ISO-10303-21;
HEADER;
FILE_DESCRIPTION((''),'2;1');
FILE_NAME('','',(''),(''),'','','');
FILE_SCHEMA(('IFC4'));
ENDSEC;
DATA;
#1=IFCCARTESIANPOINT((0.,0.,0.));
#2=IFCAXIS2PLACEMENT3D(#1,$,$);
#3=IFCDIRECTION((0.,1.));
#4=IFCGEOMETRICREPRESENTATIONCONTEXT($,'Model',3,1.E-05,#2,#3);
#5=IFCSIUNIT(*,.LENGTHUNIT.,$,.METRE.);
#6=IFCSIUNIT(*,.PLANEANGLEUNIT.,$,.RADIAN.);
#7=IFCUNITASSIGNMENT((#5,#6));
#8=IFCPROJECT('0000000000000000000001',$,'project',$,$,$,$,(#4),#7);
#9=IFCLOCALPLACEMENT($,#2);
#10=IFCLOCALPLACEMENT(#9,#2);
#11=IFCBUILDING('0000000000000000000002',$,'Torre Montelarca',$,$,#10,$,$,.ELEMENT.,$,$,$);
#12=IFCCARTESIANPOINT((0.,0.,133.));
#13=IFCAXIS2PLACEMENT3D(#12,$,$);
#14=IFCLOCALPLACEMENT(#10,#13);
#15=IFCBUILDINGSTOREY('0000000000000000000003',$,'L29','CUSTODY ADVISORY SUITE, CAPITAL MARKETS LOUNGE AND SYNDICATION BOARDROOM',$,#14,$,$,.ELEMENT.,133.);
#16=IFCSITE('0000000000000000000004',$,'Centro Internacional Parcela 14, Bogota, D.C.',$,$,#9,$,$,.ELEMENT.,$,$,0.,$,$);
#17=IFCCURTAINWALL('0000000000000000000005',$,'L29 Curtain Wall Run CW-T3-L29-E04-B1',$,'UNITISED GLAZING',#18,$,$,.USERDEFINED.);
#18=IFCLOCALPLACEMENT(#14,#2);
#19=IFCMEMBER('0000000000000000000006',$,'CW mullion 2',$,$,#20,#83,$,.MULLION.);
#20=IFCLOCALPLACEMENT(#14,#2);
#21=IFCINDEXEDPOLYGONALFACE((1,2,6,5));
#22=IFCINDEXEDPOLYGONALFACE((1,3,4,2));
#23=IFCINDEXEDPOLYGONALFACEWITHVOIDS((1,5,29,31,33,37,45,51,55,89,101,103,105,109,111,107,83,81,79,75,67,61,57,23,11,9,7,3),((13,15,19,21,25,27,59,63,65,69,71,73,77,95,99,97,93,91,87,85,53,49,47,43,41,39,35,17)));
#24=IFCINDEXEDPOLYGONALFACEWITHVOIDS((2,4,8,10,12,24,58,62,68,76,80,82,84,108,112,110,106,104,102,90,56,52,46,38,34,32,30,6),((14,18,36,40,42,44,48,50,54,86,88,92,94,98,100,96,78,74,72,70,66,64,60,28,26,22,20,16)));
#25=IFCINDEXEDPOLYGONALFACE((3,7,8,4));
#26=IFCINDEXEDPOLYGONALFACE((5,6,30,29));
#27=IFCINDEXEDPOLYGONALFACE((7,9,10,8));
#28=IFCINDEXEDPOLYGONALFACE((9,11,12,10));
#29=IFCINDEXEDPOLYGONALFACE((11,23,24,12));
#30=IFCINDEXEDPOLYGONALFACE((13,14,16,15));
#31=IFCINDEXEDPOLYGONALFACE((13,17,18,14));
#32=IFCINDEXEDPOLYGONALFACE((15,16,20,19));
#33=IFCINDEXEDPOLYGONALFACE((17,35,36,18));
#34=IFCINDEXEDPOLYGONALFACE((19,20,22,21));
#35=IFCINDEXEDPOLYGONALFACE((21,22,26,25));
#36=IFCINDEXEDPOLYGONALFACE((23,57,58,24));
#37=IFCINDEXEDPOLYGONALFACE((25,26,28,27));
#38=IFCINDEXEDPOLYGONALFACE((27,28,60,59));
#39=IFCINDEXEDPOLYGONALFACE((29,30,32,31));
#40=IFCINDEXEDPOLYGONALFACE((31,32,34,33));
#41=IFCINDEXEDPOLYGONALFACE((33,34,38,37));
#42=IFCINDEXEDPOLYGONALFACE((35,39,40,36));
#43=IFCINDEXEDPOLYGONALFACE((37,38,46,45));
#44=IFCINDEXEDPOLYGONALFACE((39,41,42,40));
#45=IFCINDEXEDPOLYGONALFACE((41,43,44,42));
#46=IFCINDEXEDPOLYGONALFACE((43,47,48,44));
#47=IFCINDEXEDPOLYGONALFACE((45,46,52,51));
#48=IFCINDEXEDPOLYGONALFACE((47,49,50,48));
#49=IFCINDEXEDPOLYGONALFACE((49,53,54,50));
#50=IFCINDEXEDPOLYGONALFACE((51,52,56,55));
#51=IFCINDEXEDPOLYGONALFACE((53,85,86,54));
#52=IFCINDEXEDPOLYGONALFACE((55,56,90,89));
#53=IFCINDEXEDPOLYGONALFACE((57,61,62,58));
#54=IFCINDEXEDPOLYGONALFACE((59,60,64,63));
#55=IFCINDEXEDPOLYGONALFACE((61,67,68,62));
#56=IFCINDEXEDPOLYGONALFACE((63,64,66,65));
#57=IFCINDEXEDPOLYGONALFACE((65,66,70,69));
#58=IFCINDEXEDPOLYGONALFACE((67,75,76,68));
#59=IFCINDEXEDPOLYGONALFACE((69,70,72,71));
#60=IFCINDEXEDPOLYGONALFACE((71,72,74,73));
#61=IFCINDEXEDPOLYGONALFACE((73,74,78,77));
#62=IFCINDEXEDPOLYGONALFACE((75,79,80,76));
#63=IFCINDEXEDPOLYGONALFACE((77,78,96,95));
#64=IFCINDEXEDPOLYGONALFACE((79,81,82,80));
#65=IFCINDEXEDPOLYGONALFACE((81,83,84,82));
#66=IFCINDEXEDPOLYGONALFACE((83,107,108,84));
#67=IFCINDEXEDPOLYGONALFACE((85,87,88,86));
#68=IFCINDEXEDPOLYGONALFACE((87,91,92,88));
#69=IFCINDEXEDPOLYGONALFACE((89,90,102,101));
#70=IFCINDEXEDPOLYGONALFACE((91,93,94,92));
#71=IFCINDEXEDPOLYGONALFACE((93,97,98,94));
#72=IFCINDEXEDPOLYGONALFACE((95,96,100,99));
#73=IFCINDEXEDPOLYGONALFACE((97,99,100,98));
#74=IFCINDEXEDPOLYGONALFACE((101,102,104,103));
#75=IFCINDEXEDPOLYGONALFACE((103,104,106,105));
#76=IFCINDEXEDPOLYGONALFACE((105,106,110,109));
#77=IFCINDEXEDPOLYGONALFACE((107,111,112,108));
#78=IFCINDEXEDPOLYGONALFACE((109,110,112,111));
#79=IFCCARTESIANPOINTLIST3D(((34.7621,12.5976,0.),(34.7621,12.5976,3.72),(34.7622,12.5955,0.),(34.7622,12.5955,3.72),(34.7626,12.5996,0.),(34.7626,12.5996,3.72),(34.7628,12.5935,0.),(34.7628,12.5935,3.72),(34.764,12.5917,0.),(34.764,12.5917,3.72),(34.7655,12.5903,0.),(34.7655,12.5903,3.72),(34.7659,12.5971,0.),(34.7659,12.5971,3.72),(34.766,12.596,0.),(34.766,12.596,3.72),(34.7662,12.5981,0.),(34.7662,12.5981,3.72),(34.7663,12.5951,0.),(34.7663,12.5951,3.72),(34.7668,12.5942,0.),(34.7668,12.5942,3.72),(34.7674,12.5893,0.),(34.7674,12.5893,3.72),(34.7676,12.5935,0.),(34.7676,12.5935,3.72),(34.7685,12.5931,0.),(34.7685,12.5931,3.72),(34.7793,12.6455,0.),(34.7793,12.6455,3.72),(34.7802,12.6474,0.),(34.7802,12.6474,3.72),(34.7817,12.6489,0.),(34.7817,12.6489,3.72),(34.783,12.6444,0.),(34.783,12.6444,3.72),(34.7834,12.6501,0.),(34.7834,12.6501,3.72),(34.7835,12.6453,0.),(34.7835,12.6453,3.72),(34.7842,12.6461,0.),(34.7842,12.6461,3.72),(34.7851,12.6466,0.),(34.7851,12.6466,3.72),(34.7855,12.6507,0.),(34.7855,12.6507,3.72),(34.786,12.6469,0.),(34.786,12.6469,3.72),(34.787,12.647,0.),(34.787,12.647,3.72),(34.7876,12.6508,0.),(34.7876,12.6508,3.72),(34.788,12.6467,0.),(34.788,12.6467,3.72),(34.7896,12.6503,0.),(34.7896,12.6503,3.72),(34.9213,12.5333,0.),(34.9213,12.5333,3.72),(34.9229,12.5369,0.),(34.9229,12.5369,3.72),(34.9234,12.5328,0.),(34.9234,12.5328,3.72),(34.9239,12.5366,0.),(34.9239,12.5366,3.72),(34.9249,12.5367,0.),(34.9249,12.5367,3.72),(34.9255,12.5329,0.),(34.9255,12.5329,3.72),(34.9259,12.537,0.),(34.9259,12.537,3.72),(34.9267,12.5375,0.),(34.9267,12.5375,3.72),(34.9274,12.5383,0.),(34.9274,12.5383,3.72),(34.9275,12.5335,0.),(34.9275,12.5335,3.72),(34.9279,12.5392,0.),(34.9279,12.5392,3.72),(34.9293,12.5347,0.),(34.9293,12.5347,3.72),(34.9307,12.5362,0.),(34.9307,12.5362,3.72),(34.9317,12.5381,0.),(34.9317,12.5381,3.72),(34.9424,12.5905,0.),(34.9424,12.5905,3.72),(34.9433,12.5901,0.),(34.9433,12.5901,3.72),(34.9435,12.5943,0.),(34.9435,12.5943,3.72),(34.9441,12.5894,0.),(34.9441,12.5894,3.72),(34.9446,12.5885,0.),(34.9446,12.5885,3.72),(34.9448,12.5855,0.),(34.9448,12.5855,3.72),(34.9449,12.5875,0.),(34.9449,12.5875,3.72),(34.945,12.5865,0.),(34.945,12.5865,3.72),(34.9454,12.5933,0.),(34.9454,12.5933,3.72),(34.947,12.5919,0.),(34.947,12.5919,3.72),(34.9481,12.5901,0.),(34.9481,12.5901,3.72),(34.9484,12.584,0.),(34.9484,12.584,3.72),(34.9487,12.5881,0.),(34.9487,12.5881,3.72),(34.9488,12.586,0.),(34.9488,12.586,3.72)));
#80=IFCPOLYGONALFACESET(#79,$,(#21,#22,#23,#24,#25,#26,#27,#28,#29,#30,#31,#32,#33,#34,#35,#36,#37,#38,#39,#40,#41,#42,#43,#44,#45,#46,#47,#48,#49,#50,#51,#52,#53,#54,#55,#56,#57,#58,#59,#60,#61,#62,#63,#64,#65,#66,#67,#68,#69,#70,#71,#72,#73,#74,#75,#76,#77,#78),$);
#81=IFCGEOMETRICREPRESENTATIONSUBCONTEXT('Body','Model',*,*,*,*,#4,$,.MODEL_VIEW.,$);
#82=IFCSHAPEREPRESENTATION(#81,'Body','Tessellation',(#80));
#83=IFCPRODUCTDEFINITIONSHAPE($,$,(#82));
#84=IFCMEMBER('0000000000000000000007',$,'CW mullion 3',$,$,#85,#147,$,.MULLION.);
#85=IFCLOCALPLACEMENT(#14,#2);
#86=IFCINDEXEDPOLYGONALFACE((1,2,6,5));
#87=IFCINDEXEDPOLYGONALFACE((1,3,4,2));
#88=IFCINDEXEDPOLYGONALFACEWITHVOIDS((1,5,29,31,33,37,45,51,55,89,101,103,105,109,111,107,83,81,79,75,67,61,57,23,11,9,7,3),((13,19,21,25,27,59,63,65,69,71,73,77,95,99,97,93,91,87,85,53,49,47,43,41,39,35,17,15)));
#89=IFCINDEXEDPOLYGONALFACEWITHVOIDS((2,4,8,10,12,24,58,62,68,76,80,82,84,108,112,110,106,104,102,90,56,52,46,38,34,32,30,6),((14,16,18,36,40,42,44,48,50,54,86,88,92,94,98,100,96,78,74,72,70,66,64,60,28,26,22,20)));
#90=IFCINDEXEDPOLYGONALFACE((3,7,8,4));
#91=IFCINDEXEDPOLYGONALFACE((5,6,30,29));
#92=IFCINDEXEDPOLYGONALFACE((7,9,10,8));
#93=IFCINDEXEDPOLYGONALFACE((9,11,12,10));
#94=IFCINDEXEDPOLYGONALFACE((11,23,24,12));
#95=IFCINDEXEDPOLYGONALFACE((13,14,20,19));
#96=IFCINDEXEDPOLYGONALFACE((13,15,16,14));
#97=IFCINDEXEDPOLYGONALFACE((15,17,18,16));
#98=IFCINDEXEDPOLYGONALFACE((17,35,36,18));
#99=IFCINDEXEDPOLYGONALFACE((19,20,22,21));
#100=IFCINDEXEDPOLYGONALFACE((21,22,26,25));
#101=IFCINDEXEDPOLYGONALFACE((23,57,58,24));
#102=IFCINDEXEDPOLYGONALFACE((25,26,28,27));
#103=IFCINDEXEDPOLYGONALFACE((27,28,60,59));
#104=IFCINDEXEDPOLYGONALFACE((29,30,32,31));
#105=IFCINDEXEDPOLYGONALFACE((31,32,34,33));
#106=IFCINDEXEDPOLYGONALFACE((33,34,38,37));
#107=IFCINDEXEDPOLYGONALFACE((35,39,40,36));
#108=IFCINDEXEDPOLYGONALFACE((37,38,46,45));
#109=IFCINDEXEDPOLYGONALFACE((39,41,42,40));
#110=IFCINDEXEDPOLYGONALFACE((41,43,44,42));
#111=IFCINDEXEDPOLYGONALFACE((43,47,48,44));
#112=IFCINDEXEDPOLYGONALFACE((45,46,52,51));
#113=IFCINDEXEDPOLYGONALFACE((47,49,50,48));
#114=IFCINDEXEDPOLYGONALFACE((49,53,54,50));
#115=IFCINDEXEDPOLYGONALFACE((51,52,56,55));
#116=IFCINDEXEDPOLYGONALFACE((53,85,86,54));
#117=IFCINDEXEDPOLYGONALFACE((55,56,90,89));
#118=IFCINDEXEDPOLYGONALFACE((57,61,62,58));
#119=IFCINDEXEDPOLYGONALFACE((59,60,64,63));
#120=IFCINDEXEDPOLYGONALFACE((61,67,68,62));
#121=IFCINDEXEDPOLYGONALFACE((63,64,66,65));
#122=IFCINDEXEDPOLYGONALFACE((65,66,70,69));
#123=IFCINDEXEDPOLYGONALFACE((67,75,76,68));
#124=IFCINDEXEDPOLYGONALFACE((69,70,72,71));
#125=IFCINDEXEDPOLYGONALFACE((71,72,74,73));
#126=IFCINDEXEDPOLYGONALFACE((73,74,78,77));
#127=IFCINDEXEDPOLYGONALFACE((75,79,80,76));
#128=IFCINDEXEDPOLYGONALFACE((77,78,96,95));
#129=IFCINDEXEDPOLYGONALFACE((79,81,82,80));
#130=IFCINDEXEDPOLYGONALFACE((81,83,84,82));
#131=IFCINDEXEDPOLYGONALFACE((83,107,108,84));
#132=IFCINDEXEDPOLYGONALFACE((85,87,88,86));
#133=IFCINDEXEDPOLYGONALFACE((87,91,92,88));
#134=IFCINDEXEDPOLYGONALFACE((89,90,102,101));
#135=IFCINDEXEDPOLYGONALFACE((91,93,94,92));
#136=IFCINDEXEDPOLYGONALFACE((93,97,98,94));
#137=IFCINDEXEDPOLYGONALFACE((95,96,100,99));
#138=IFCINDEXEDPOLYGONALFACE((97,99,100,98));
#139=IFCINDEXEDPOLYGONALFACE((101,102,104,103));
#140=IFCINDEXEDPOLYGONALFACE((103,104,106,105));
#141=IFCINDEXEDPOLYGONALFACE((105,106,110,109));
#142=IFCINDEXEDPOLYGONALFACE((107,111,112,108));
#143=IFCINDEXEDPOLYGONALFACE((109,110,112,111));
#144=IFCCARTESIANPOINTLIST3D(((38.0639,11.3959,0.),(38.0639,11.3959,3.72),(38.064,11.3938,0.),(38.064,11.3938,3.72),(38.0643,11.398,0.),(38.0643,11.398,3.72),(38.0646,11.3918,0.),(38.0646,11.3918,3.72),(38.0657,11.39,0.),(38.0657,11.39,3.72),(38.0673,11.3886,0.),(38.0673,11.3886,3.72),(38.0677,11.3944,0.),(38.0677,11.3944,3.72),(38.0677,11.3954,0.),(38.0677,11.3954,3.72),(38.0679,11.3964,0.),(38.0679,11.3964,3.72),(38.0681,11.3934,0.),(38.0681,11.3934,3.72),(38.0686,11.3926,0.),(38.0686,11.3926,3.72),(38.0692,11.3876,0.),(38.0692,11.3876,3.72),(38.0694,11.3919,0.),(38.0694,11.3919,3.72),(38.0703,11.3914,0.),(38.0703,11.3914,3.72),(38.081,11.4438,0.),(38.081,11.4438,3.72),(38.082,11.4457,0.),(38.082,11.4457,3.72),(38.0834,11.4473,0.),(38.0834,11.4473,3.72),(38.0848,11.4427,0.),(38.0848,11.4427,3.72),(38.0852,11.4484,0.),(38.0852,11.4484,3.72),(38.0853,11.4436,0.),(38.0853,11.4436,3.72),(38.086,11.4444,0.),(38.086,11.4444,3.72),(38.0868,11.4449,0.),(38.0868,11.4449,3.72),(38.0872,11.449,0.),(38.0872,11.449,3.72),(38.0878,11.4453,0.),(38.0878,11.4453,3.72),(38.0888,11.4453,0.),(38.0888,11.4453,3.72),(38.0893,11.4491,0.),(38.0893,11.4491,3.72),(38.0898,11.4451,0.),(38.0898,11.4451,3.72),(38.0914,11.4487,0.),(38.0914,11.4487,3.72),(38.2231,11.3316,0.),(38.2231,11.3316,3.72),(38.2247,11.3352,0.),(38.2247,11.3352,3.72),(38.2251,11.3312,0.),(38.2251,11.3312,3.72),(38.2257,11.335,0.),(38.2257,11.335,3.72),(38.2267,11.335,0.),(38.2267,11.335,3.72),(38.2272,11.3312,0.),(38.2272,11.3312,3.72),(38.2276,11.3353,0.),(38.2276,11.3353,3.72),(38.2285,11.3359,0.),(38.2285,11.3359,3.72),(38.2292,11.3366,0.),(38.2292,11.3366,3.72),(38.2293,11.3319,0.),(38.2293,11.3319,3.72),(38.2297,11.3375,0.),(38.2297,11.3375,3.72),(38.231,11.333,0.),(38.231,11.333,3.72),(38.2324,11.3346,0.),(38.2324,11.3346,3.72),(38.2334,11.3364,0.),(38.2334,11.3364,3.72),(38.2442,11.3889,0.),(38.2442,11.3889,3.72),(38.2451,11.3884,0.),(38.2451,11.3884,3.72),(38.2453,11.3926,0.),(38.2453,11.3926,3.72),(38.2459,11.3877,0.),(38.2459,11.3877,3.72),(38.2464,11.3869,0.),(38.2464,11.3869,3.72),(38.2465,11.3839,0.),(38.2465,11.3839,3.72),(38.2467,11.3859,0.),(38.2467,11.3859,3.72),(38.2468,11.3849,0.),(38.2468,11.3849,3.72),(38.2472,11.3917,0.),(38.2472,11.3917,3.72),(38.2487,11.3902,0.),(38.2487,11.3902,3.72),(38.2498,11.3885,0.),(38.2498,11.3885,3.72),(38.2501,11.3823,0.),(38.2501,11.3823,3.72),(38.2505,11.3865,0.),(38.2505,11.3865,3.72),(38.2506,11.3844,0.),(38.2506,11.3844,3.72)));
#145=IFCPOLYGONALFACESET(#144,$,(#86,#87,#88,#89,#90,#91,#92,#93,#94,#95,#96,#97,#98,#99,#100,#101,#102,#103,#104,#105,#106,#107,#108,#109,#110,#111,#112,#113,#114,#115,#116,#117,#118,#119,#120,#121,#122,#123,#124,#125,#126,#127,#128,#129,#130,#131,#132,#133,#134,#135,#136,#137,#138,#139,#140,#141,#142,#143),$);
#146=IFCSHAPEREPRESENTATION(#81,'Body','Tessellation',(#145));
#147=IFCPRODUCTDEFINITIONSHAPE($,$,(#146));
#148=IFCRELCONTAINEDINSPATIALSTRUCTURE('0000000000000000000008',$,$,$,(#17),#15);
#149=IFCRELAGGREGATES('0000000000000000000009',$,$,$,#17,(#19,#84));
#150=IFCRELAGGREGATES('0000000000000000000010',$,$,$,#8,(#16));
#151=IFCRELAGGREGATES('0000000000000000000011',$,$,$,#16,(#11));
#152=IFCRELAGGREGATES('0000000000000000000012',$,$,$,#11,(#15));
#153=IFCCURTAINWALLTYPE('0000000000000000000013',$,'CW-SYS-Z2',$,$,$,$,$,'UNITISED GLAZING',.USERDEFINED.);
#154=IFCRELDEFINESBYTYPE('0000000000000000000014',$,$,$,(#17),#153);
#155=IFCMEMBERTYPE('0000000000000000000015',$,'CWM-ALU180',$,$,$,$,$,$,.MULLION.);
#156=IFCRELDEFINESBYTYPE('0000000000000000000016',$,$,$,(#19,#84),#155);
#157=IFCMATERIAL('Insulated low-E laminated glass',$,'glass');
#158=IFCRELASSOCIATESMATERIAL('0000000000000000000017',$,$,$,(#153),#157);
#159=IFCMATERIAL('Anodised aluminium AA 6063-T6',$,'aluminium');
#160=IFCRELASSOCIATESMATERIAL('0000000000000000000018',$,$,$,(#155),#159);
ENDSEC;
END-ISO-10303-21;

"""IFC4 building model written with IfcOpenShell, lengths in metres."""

from ifc_helpers import new_model, si_unit, direction, frame, origin, origin_2d, place, context, subcontext, project, spatial, hollow_rectangle, extrude, source, transform, mapped, material, material_profile, profile_set, type_object, element, aggregate, save


model = new_model("IFC4")

# Units and contexts
model_context = context("Model", 3, precision=1e-05, world=origin(), true_north=direction((0.0, 1.0)))
body_context = subcontext(model_context, "Body", "Model", "MODEL_VIEW")
ifc_project = project(units=[si_unit("LENGTHUNIT", "METRE"), si_unit("PLANEANGLEUNIT", "RADIAN")], contexts=[model_context])

# Site, building, storey
site_placement = place(None, origin())
site = spatial("IfcSite", under=ifc_project, at=site_placement, Name="Centro Internacional Parcela 14, Bogota, D.C.", CompositionType="ELEMENT", RefElevation=0.0)
building_placement = place(site_placement, origin())
building = spatial("IfcBuilding", under=site, at=building_placement, Name="Torre Montelarca", CompositionType="ELEMENT")
storey_placement = place(building_placement, frame((0.0, 0.0, 133.0)))
storey = spatial("IfcBuildingStorey", under=building, at=storey_placement, Name="L29", Description="CUSTODY ADVISORY SUITE, CAPITAL MARKETS LOUNGE AND SYNDICATION BOARDROOM", CompositionType="ELEMENT", Elevation=133.0)

# Shared definitions
ifc_material_1 = material(Name="Insulated low-E laminated glass", Category="glass")
curtain_wall_type = type_object("IfcCurtainWallType", Name="CW-SYS-Z2", ElementType="UNITISED GLAZING", PredefinedType="USERDEFINED", material=ifc_material_1)
ifc_material_2 = material(Name="Anodised aluminium AA 6063-T6", Category="aluminium")
ifc_material_profile_1 = material_profile(ifc_material_2, hollow_rectangle(XDim=0.0649, YDim=0.1799, WallThickness=0.0039, InnerFilletRadius=0.0039, OuterFilletRadius=0.0081, at=origin_2d()), Name="ALU65X180X4", Category="aluminium")
ifc_profile_set_1 = profile_set([ifc_material_profile_1], Name="Anodised aluminium AA 6063-T6")
member_type_1 = type_object("IfcMemberType", Name="CWM-ALU180", PredefinedType="MULLION", material=ifc_profile_set_1)
shared_shape_1 = source(origin(), body_context, "Body", "SweptSolid", [
    extrude(hollow_rectangle(XDim=0.0649, YDim=0.1799, WallThickness=0.0039, InnerFilletRadius=0.0039, OuterFilletRadius=0.0081, at=origin_2d()), origin(), (0.0, 0.0, 1.0), 3.72),
])

# Curtain wall, members
curtain_wall_1_placement = place(storey_placement, origin())
curtain_wall_1 = element("IfcCurtainWall", 1, at=curtain_wall_1_placement, inside=storey, type_object=curtain_wall_type, Name="L29 Curtain Wall Run CW-T3-L29-E04-B1", ObjectType="UNITISED GLAZING", PredefinedType="USERDEFINED")
member_1_placement = place(storey_placement, frame((34.8555, 12.5918, 0.0), z_axis=(0.0, 0.0, 1.0), x_axis=(0.342015, 0.939695, 0.0)))
member_1 = element("IfcMember", 2, at=member_1_placement, type_object=member_type_1, Name="CW mullion 2", PredefinedType="MULLION", context=body_context, shape_type="MappedRepresentation", body=[
    mapped(shared_shape_1, transform((0.0, 0.0, 0.0), scale=1.0)),
])
member_2_placement = place(storey_placement, frame((38.1572, 11.3901, 0.0), z_axis=(0.0, 0.0, 1.0), x_axis=(0.342015, 0.939695, 0.0)))
member_2 = element("IfcMember", 3, at=member_2_placement, type_object=member_type_1, Name="CW mullion 3", PredefinedType="MULLION", context=body_context, shape_type="MappedRepresentation", body=[
    mapped(shared_shape_1, transform((0.0, 0.0, 0.0), scale=1.0)),
])

aggregate(curtain_wall_1, [member_1, member_2])

save(model, "model.ifc")
